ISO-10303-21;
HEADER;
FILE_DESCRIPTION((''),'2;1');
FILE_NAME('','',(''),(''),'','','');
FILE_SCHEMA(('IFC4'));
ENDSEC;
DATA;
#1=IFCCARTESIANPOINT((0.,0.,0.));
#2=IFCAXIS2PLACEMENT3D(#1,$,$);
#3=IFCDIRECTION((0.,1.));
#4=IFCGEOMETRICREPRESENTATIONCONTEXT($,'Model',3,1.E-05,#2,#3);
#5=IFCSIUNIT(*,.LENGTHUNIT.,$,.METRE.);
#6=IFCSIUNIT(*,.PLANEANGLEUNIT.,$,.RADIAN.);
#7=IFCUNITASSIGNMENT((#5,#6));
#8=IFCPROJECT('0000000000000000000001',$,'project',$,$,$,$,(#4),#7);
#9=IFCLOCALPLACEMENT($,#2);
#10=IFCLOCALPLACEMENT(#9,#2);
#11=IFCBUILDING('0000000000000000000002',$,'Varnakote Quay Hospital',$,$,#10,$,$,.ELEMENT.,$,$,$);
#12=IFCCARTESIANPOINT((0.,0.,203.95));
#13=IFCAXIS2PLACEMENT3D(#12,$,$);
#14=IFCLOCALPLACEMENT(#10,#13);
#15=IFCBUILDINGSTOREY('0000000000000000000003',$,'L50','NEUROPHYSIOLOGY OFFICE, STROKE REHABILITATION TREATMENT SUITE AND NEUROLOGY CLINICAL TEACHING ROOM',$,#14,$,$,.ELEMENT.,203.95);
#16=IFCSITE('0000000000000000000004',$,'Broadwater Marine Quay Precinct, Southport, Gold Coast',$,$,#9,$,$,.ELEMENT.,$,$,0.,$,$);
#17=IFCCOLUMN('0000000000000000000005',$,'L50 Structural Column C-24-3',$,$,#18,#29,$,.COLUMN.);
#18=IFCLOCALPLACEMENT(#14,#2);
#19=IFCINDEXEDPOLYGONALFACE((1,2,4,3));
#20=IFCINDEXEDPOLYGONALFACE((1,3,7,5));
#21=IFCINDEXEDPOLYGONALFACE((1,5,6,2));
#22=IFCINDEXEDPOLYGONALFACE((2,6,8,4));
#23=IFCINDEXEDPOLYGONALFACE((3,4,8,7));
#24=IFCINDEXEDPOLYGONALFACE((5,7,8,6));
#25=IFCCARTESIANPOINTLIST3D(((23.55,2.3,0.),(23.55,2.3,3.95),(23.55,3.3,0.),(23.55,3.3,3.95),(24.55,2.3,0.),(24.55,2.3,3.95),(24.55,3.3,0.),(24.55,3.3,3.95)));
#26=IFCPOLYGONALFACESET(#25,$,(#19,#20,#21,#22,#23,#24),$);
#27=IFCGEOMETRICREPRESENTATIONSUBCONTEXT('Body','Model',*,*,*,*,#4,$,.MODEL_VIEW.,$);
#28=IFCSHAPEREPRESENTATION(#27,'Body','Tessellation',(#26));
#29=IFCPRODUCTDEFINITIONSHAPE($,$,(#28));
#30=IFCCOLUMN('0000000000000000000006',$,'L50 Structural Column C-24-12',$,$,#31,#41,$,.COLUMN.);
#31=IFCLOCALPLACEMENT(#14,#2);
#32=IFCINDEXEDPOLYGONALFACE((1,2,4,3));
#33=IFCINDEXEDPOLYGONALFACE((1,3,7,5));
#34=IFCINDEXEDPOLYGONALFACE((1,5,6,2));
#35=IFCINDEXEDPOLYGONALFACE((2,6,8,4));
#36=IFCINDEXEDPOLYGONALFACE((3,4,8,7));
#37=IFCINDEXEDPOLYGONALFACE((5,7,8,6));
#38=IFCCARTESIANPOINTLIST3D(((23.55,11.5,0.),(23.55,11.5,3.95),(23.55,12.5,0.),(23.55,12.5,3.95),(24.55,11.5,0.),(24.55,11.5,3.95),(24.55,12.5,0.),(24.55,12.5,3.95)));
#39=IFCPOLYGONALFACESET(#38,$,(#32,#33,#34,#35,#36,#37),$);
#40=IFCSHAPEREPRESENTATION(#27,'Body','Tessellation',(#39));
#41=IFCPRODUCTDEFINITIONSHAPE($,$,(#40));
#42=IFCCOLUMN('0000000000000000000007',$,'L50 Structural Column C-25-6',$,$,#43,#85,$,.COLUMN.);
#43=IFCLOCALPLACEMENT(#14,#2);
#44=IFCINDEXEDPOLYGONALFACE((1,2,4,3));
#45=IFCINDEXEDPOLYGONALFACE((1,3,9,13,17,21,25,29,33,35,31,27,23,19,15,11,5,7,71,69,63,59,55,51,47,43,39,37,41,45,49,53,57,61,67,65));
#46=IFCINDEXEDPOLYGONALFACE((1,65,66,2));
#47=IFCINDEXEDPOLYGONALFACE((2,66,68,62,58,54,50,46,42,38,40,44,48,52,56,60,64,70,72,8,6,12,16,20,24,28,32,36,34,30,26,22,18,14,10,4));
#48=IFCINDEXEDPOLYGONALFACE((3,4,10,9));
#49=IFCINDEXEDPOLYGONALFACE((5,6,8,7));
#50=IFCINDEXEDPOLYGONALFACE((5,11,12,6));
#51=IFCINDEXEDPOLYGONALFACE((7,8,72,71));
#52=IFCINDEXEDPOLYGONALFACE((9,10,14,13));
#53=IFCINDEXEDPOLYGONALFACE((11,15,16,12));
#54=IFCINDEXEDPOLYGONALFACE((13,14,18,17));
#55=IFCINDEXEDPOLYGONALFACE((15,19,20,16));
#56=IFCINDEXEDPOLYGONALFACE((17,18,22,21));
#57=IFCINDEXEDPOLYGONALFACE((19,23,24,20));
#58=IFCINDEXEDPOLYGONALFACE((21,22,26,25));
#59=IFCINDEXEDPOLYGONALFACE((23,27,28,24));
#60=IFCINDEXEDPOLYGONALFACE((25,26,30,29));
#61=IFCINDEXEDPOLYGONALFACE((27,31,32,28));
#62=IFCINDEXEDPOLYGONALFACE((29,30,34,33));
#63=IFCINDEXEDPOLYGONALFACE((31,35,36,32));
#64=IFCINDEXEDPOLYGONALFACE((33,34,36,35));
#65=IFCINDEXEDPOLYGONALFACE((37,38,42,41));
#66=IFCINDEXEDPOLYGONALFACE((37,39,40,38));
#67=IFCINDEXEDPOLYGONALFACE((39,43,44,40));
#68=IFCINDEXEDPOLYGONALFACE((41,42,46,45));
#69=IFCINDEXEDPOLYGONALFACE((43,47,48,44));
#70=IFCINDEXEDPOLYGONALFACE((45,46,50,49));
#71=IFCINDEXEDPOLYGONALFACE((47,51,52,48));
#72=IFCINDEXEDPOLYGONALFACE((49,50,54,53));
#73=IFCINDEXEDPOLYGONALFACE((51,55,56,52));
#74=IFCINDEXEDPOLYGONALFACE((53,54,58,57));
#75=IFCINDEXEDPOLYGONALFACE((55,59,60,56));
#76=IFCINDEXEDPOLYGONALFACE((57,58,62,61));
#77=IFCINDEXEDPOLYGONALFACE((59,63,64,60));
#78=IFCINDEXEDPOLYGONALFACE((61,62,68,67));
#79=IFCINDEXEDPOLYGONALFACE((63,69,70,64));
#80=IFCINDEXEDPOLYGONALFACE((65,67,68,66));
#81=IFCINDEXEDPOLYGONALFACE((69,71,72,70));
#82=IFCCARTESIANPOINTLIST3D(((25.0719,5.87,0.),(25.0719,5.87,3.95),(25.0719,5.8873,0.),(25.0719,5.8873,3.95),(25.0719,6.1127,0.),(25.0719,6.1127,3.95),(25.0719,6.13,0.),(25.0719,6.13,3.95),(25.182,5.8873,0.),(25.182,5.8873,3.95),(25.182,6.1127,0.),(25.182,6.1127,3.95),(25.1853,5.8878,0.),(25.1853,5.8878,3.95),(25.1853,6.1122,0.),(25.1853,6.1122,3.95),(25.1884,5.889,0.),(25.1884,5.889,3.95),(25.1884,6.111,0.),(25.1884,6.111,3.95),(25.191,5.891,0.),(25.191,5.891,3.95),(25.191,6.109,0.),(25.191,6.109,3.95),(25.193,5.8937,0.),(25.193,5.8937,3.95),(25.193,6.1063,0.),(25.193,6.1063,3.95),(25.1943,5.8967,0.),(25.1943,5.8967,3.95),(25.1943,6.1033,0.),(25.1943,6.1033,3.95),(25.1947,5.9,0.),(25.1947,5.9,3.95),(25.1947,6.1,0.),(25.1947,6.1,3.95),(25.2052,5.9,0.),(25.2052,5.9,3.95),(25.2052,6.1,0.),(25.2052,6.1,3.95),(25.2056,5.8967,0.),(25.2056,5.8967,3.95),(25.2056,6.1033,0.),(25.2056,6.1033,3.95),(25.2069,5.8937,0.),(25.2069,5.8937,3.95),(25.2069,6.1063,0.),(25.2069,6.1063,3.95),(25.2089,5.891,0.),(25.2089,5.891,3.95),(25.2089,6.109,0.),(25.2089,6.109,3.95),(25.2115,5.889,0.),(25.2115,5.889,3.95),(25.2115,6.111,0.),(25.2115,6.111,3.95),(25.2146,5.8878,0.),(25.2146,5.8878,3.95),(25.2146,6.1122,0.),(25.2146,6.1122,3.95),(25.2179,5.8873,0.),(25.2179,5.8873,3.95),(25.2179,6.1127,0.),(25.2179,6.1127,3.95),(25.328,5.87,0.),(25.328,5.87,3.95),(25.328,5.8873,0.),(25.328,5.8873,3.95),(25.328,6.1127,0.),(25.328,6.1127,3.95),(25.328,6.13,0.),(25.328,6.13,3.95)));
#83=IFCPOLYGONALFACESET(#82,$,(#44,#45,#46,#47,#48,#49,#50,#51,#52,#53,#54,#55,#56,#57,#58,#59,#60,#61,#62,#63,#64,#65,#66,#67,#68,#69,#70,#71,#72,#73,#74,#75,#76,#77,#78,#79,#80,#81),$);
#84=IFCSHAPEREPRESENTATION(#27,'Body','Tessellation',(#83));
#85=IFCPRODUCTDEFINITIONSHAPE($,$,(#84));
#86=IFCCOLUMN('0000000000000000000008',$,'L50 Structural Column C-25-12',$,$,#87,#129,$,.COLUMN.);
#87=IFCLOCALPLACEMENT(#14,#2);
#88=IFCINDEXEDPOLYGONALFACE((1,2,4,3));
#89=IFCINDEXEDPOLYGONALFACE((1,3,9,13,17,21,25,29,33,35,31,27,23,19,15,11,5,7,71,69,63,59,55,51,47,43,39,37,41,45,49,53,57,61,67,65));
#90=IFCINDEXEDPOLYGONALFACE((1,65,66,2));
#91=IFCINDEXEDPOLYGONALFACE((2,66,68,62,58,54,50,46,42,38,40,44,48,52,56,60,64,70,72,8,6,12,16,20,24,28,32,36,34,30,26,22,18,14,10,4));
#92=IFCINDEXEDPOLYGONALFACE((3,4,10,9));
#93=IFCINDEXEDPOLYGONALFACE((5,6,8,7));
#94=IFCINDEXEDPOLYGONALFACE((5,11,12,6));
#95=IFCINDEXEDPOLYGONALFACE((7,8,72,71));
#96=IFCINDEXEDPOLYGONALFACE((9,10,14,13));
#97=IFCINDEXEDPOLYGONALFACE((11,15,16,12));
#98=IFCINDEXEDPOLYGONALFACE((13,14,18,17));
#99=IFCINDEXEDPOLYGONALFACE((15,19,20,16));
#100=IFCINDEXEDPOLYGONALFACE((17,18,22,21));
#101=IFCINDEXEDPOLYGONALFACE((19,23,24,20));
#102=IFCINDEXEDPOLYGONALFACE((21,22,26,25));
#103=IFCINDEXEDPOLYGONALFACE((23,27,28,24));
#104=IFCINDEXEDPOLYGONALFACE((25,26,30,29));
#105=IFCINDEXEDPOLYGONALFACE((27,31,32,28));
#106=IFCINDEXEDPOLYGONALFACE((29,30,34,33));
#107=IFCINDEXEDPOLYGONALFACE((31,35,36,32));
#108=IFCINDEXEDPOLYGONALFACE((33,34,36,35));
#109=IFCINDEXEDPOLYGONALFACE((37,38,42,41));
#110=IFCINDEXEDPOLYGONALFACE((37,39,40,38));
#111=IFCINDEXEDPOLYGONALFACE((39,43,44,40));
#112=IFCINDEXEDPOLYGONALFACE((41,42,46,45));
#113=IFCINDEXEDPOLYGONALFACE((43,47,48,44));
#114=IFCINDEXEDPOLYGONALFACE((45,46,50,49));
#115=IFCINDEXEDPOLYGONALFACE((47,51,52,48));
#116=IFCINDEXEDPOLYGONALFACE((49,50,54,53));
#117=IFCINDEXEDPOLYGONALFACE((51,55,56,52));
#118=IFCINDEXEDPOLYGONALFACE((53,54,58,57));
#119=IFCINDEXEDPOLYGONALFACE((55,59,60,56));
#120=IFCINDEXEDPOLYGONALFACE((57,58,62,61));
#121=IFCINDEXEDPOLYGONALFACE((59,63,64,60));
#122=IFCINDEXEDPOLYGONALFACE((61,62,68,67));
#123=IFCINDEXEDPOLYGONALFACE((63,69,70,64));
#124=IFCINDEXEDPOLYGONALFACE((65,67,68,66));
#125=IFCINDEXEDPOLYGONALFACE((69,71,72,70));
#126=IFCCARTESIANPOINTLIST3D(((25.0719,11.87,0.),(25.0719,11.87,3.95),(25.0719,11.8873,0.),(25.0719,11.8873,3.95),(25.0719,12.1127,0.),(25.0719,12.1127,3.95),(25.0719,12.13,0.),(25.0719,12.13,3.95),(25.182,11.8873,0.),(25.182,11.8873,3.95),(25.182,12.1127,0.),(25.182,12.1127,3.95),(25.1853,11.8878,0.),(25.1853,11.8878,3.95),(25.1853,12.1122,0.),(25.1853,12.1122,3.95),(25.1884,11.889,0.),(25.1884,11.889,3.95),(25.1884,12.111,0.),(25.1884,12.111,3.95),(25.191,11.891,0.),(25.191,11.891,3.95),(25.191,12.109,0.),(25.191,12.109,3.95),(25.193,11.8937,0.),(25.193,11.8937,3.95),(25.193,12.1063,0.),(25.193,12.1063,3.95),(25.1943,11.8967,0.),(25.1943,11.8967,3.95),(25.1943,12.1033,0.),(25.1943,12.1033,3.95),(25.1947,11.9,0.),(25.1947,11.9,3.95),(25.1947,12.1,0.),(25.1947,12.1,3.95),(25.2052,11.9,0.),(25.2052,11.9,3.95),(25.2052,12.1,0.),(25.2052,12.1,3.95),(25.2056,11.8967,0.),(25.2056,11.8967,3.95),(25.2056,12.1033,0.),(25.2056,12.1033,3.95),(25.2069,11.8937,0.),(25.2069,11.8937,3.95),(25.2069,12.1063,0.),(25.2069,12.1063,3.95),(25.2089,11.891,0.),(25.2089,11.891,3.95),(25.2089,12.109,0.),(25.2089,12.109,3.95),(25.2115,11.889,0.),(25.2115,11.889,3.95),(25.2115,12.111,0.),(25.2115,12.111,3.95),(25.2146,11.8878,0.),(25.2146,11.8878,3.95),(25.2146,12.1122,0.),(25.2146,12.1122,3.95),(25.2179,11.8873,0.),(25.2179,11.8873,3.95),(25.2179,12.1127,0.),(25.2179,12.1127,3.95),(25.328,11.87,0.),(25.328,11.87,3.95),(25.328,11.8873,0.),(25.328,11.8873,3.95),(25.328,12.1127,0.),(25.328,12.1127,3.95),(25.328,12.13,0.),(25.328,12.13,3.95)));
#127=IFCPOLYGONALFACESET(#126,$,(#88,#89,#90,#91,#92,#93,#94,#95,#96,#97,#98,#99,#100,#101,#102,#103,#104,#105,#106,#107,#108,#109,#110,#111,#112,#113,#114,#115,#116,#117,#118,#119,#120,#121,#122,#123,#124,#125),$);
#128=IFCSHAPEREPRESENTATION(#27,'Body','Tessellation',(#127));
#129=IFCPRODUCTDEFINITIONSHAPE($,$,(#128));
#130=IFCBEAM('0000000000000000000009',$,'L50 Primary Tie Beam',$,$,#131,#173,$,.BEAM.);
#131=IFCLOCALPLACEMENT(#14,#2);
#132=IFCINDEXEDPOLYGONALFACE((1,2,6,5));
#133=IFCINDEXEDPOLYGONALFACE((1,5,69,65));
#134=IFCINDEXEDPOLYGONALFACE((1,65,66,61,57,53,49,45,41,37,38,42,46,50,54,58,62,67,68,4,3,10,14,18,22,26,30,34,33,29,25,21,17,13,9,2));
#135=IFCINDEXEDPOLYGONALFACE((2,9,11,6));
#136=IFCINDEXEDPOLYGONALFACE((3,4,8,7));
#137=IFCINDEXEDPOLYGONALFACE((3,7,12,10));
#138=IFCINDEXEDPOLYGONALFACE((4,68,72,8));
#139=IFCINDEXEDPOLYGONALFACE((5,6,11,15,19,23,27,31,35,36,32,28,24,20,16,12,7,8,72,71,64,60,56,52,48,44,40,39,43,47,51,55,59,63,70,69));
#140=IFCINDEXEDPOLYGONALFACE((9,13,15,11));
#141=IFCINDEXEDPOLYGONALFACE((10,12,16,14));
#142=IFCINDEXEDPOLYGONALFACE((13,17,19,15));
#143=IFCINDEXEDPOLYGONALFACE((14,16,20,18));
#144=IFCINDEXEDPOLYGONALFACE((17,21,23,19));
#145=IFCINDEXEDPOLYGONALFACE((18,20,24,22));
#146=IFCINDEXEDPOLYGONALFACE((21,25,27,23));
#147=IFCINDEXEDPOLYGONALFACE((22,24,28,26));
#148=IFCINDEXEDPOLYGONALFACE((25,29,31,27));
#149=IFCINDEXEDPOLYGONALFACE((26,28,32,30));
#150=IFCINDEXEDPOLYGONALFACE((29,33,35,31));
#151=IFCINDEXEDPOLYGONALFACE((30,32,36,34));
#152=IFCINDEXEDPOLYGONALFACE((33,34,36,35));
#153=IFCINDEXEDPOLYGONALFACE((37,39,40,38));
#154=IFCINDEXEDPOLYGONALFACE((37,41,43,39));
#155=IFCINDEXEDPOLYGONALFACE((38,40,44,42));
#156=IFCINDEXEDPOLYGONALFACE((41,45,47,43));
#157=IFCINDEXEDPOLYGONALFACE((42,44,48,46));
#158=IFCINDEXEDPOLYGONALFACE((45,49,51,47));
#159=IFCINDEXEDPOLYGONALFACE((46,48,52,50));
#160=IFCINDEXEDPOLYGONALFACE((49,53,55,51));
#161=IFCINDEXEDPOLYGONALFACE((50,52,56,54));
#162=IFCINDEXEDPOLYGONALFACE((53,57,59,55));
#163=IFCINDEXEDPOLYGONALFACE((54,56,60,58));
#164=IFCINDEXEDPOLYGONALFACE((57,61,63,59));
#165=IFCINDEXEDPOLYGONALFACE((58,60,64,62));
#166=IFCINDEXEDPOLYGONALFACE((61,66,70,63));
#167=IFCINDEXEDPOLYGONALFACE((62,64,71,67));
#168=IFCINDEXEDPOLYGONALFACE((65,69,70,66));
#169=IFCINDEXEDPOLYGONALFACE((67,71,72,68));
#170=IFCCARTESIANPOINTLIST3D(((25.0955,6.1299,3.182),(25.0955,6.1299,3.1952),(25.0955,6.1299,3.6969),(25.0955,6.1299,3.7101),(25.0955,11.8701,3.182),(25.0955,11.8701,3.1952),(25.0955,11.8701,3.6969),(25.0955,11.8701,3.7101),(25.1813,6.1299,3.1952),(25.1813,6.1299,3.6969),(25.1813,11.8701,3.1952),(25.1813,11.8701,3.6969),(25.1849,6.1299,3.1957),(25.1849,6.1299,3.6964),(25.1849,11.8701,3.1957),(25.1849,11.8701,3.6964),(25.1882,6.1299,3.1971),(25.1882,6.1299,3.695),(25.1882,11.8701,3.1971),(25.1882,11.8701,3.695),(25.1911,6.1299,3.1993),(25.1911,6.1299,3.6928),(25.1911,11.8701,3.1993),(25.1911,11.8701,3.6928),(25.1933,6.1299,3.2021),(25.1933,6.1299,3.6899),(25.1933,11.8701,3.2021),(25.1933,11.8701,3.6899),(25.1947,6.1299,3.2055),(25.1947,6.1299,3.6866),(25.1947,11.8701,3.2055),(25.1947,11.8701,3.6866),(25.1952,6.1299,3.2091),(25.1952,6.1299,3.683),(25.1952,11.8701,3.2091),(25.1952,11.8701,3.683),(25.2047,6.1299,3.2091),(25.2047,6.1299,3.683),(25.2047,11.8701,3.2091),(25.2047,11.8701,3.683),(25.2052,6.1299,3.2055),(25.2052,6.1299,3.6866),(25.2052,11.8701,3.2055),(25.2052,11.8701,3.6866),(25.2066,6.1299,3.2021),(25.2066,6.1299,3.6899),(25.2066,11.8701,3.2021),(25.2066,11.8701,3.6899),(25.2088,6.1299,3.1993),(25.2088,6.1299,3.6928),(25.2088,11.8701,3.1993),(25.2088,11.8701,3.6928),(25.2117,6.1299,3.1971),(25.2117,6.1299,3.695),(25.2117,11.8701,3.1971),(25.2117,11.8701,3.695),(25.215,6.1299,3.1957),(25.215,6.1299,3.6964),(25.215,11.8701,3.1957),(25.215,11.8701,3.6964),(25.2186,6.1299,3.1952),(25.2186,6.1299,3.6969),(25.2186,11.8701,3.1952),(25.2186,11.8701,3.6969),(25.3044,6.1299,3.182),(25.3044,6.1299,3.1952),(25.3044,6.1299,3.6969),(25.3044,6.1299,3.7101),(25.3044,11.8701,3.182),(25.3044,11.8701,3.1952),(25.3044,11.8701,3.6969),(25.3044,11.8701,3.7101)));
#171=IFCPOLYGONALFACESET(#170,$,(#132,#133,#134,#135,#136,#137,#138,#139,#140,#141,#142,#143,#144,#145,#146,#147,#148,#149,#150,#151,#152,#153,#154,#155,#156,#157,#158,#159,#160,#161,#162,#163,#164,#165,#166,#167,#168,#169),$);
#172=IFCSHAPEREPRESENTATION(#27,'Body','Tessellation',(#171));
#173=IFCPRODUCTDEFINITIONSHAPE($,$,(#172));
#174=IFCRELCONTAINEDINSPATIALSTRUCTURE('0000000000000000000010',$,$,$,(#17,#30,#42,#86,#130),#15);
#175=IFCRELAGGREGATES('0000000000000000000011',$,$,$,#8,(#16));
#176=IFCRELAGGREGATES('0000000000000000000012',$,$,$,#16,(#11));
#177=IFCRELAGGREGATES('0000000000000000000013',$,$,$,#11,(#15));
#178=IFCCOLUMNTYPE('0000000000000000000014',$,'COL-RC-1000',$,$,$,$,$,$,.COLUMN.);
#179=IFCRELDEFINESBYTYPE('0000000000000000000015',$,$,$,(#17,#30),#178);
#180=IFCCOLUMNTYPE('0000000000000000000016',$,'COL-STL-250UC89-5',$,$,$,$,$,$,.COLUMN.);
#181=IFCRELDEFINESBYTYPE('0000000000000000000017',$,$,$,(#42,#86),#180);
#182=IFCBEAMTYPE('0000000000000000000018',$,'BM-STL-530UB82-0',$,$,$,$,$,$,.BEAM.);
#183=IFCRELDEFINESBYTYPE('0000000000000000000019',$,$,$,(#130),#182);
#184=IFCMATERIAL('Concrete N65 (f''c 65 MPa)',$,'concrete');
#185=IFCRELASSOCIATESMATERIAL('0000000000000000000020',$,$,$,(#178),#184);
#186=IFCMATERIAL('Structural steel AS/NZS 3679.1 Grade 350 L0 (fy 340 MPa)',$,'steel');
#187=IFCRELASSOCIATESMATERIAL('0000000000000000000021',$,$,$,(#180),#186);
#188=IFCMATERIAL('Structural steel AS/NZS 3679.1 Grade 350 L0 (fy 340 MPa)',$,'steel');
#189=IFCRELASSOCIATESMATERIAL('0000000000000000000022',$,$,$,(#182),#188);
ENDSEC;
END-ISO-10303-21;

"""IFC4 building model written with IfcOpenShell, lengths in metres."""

from ifc_helpers import new_model, si_unit, direction, frame, origin, origin_2d, place, context, subcontext, project, spatial, rectangle, i_section, extrude, material, material_profile, profile_set, type_object, element, save


model = new_model("IFC4")

# Units and contexts
model_context = context("Model", 3, precision=1e-05, world=origin(), true_north=direction((0.0, 1.0)))
body_context = subcontext(model_context, "Body", "Model", "MODEL_VIEW")
ifc_project = project(units=[si_unit("LENGTHUNIT", "METRE"), si_unit("PLANEANGLEUNIT", "RADIAN")], contexts=[model_context])

# Site, building, storey
site_placement = place(None, origin())
site = spatial("IfcSite", under=ifc_project, at=site_placement, Name="Broadwater Marine Quay Precinct, Southport, Gold Coast", CompositionType="ELEMENT", RefElevation=0.0)
building_placement = place(site_placement, origin())
building = spatial("IfcBuilding", under=site, at=building_placement, Name="Varnakote Quay Hospital", CompositionType="ELEMENT")
storey_placement = place(building_placement, frame((0.0, 0.0, 203.95)))
storey = spatial("IfcBuildingStorey", under=building, at=storey_placement, Name="L50", Description="NEUROPHYSIOLOGY OFFICE, STROKE REHABILITATION TREATMENT SUITE AND NEUROLOGY CLINICAL TEACHING ROOM", CompositionType="ELEMENT", Elevation=203.95)

# Columns
ifc_material_1 = material(Name="Concrete N65 (f'c 65 MPa)", Category="concrete")
ifc_material_profile_1 = material_profile(ifc_material_1, rectangle(XDim=1.0, YDim=1.0, at=origin_2d()), Name="RC-COL-1000x1000")
ifc_profile_set_1 = profile_set([ifc_material_profile_1], Name="Concrete N65 (f'c 65 MPa)")
column_type_1 = type_object("IfcColumnType", Name="COL-RC-1000", PredefinedType="COLUMN", material=ifc_profile_set_1)
for number, where, z_axis, x_axis, name in (
    (1, (24.05, 2.8, 0.0), (0.0, 0.0, 1.0), (1.0, 0.0, 0.0), "L50 Structural Column C-24-3"),
    (2, (24.05, 12.0, 0.0), (0.0, 0.0, 1.0), (1.0, 0.0, 0.0), "L50 Structural Column C-24-12"),
):
    element("IfcColumn", number, at=place(storey_placement, frame(where, z_axis=z_axis, x_axis=x_axis)), inside=storey, type_object=column_type_1, Name=name, PredefinedType="COLUMN", context=body_context, shape_type="SweptSolid", body=[
        extrude(rectangle(XDim=1.0, YDim=1.0, at=origin_2d()), origin(), (0.0, 0.0, 1.0), 3.95),
    ])
ifc_material_2 = material(Name="Structural steel AS/NZS 3679.1 Grade 350 L0 (fy 340 MPa)", Category="steel")
ifc_material_profile_2 = material_profile(ifc_material_2, i_section(OverallWidth=0.2561, OverallDepth=0.26, WebThickness=0.0105, FlangeThickness=0.0173, FilletRadius=0.0127, at=origin_2d()), Name="250UC89.5")
ifc_profile_set_2 = profile_set([ifc_material_profile_2], Name="Structural steel AS/NZS 3679.1 Grade 350 L0 (fy 340 MPa)")
column_type_2 = type_object("IfcColumnType", Name="COL-STL-250UC89-5", PredefinedType="COLUMN", material=ifc_profile_set_2)
for number, where, z_axis, x_axis, name in (
    (3, (25.2, 6.0, 0.0), (0.0, 0.0, 1.0), (1.0, 0.0, 0.0), "L50 Structural Column C-25-6"),
    (4, (25.2, 12.0, 0.0), (0.0, 0.0, 1.0), (1.0, 0.0, 0.0), "L50 Structural Column C-25-12"),
):
    element("IfcColumn", number, at=place(storey_placement, frame(where, z_axis=z_axis, x_axis=x_axis)), inside=storey, type_object=column_type_2, Name=name, PredefinedType="COLUMN", context=body_context, shape_type="SweptSolid", body=[
        extrude(i_section(OverallWidth=0.2561, OverallDepth=0.26, WebThickness=0.0105, FlangeThickness=0.0173, FilletRadius=0.0127, at=origin_2d()), origin(), (0.0, 0.0, 1.0), 3.95),
    ])

# Beam
ifc_material_3 = material(Name="Structural steel AS/NZS 3679.1 Grade 350 L0 (fy 340 MPa)", Category="steel")
ifc_material_profile_3 = material_profile(ifc_material_3, i_section(OverallWidth=0.209, OverallDepth=0.5281, WebThickness=0.0095, FlangeThickness=0.0132, FilletRadius=0.0139, at=origin_2d()), Name="530UB82.0")
ifc_profile_set_3 = profile_set([ifc_material_profile_3], Name="Structural steel AS/NZS 3679.1 Grade 350 L0 (fy 340 MPa)")
beam_type_1 = type_object("IfcBeamType", Name="BM-STL-530UB82-0", PredefinedType="BEAM", material=ifc_profile_set_3)
beam_1_placement = place(storey_placement, frame((25.2, 6.1299, 3.446), z_axis=(0.0, 1.0, 0.0), x_axis=(-1.0, 0.0, 0.0)))
element("IfcBeam", 5, at=beam_1_placement, inside=storey, type_object=beam_type_1, Name="L50 Primary Tie Beam", PredefinedType="BEAM", context=body_context, shape_type="SweptSolid", body=[
    extrude(i_section(OverallWidth=0.209, OverallDepth=0.5281, WebThickness=0.0095, FlangeThickness=0.0132, FilletRadius=0.0139, at=origin_2d()), origin(), (0.0, 0.0, 1.0), 5.7402),
])

save(model, "model.ifc")
